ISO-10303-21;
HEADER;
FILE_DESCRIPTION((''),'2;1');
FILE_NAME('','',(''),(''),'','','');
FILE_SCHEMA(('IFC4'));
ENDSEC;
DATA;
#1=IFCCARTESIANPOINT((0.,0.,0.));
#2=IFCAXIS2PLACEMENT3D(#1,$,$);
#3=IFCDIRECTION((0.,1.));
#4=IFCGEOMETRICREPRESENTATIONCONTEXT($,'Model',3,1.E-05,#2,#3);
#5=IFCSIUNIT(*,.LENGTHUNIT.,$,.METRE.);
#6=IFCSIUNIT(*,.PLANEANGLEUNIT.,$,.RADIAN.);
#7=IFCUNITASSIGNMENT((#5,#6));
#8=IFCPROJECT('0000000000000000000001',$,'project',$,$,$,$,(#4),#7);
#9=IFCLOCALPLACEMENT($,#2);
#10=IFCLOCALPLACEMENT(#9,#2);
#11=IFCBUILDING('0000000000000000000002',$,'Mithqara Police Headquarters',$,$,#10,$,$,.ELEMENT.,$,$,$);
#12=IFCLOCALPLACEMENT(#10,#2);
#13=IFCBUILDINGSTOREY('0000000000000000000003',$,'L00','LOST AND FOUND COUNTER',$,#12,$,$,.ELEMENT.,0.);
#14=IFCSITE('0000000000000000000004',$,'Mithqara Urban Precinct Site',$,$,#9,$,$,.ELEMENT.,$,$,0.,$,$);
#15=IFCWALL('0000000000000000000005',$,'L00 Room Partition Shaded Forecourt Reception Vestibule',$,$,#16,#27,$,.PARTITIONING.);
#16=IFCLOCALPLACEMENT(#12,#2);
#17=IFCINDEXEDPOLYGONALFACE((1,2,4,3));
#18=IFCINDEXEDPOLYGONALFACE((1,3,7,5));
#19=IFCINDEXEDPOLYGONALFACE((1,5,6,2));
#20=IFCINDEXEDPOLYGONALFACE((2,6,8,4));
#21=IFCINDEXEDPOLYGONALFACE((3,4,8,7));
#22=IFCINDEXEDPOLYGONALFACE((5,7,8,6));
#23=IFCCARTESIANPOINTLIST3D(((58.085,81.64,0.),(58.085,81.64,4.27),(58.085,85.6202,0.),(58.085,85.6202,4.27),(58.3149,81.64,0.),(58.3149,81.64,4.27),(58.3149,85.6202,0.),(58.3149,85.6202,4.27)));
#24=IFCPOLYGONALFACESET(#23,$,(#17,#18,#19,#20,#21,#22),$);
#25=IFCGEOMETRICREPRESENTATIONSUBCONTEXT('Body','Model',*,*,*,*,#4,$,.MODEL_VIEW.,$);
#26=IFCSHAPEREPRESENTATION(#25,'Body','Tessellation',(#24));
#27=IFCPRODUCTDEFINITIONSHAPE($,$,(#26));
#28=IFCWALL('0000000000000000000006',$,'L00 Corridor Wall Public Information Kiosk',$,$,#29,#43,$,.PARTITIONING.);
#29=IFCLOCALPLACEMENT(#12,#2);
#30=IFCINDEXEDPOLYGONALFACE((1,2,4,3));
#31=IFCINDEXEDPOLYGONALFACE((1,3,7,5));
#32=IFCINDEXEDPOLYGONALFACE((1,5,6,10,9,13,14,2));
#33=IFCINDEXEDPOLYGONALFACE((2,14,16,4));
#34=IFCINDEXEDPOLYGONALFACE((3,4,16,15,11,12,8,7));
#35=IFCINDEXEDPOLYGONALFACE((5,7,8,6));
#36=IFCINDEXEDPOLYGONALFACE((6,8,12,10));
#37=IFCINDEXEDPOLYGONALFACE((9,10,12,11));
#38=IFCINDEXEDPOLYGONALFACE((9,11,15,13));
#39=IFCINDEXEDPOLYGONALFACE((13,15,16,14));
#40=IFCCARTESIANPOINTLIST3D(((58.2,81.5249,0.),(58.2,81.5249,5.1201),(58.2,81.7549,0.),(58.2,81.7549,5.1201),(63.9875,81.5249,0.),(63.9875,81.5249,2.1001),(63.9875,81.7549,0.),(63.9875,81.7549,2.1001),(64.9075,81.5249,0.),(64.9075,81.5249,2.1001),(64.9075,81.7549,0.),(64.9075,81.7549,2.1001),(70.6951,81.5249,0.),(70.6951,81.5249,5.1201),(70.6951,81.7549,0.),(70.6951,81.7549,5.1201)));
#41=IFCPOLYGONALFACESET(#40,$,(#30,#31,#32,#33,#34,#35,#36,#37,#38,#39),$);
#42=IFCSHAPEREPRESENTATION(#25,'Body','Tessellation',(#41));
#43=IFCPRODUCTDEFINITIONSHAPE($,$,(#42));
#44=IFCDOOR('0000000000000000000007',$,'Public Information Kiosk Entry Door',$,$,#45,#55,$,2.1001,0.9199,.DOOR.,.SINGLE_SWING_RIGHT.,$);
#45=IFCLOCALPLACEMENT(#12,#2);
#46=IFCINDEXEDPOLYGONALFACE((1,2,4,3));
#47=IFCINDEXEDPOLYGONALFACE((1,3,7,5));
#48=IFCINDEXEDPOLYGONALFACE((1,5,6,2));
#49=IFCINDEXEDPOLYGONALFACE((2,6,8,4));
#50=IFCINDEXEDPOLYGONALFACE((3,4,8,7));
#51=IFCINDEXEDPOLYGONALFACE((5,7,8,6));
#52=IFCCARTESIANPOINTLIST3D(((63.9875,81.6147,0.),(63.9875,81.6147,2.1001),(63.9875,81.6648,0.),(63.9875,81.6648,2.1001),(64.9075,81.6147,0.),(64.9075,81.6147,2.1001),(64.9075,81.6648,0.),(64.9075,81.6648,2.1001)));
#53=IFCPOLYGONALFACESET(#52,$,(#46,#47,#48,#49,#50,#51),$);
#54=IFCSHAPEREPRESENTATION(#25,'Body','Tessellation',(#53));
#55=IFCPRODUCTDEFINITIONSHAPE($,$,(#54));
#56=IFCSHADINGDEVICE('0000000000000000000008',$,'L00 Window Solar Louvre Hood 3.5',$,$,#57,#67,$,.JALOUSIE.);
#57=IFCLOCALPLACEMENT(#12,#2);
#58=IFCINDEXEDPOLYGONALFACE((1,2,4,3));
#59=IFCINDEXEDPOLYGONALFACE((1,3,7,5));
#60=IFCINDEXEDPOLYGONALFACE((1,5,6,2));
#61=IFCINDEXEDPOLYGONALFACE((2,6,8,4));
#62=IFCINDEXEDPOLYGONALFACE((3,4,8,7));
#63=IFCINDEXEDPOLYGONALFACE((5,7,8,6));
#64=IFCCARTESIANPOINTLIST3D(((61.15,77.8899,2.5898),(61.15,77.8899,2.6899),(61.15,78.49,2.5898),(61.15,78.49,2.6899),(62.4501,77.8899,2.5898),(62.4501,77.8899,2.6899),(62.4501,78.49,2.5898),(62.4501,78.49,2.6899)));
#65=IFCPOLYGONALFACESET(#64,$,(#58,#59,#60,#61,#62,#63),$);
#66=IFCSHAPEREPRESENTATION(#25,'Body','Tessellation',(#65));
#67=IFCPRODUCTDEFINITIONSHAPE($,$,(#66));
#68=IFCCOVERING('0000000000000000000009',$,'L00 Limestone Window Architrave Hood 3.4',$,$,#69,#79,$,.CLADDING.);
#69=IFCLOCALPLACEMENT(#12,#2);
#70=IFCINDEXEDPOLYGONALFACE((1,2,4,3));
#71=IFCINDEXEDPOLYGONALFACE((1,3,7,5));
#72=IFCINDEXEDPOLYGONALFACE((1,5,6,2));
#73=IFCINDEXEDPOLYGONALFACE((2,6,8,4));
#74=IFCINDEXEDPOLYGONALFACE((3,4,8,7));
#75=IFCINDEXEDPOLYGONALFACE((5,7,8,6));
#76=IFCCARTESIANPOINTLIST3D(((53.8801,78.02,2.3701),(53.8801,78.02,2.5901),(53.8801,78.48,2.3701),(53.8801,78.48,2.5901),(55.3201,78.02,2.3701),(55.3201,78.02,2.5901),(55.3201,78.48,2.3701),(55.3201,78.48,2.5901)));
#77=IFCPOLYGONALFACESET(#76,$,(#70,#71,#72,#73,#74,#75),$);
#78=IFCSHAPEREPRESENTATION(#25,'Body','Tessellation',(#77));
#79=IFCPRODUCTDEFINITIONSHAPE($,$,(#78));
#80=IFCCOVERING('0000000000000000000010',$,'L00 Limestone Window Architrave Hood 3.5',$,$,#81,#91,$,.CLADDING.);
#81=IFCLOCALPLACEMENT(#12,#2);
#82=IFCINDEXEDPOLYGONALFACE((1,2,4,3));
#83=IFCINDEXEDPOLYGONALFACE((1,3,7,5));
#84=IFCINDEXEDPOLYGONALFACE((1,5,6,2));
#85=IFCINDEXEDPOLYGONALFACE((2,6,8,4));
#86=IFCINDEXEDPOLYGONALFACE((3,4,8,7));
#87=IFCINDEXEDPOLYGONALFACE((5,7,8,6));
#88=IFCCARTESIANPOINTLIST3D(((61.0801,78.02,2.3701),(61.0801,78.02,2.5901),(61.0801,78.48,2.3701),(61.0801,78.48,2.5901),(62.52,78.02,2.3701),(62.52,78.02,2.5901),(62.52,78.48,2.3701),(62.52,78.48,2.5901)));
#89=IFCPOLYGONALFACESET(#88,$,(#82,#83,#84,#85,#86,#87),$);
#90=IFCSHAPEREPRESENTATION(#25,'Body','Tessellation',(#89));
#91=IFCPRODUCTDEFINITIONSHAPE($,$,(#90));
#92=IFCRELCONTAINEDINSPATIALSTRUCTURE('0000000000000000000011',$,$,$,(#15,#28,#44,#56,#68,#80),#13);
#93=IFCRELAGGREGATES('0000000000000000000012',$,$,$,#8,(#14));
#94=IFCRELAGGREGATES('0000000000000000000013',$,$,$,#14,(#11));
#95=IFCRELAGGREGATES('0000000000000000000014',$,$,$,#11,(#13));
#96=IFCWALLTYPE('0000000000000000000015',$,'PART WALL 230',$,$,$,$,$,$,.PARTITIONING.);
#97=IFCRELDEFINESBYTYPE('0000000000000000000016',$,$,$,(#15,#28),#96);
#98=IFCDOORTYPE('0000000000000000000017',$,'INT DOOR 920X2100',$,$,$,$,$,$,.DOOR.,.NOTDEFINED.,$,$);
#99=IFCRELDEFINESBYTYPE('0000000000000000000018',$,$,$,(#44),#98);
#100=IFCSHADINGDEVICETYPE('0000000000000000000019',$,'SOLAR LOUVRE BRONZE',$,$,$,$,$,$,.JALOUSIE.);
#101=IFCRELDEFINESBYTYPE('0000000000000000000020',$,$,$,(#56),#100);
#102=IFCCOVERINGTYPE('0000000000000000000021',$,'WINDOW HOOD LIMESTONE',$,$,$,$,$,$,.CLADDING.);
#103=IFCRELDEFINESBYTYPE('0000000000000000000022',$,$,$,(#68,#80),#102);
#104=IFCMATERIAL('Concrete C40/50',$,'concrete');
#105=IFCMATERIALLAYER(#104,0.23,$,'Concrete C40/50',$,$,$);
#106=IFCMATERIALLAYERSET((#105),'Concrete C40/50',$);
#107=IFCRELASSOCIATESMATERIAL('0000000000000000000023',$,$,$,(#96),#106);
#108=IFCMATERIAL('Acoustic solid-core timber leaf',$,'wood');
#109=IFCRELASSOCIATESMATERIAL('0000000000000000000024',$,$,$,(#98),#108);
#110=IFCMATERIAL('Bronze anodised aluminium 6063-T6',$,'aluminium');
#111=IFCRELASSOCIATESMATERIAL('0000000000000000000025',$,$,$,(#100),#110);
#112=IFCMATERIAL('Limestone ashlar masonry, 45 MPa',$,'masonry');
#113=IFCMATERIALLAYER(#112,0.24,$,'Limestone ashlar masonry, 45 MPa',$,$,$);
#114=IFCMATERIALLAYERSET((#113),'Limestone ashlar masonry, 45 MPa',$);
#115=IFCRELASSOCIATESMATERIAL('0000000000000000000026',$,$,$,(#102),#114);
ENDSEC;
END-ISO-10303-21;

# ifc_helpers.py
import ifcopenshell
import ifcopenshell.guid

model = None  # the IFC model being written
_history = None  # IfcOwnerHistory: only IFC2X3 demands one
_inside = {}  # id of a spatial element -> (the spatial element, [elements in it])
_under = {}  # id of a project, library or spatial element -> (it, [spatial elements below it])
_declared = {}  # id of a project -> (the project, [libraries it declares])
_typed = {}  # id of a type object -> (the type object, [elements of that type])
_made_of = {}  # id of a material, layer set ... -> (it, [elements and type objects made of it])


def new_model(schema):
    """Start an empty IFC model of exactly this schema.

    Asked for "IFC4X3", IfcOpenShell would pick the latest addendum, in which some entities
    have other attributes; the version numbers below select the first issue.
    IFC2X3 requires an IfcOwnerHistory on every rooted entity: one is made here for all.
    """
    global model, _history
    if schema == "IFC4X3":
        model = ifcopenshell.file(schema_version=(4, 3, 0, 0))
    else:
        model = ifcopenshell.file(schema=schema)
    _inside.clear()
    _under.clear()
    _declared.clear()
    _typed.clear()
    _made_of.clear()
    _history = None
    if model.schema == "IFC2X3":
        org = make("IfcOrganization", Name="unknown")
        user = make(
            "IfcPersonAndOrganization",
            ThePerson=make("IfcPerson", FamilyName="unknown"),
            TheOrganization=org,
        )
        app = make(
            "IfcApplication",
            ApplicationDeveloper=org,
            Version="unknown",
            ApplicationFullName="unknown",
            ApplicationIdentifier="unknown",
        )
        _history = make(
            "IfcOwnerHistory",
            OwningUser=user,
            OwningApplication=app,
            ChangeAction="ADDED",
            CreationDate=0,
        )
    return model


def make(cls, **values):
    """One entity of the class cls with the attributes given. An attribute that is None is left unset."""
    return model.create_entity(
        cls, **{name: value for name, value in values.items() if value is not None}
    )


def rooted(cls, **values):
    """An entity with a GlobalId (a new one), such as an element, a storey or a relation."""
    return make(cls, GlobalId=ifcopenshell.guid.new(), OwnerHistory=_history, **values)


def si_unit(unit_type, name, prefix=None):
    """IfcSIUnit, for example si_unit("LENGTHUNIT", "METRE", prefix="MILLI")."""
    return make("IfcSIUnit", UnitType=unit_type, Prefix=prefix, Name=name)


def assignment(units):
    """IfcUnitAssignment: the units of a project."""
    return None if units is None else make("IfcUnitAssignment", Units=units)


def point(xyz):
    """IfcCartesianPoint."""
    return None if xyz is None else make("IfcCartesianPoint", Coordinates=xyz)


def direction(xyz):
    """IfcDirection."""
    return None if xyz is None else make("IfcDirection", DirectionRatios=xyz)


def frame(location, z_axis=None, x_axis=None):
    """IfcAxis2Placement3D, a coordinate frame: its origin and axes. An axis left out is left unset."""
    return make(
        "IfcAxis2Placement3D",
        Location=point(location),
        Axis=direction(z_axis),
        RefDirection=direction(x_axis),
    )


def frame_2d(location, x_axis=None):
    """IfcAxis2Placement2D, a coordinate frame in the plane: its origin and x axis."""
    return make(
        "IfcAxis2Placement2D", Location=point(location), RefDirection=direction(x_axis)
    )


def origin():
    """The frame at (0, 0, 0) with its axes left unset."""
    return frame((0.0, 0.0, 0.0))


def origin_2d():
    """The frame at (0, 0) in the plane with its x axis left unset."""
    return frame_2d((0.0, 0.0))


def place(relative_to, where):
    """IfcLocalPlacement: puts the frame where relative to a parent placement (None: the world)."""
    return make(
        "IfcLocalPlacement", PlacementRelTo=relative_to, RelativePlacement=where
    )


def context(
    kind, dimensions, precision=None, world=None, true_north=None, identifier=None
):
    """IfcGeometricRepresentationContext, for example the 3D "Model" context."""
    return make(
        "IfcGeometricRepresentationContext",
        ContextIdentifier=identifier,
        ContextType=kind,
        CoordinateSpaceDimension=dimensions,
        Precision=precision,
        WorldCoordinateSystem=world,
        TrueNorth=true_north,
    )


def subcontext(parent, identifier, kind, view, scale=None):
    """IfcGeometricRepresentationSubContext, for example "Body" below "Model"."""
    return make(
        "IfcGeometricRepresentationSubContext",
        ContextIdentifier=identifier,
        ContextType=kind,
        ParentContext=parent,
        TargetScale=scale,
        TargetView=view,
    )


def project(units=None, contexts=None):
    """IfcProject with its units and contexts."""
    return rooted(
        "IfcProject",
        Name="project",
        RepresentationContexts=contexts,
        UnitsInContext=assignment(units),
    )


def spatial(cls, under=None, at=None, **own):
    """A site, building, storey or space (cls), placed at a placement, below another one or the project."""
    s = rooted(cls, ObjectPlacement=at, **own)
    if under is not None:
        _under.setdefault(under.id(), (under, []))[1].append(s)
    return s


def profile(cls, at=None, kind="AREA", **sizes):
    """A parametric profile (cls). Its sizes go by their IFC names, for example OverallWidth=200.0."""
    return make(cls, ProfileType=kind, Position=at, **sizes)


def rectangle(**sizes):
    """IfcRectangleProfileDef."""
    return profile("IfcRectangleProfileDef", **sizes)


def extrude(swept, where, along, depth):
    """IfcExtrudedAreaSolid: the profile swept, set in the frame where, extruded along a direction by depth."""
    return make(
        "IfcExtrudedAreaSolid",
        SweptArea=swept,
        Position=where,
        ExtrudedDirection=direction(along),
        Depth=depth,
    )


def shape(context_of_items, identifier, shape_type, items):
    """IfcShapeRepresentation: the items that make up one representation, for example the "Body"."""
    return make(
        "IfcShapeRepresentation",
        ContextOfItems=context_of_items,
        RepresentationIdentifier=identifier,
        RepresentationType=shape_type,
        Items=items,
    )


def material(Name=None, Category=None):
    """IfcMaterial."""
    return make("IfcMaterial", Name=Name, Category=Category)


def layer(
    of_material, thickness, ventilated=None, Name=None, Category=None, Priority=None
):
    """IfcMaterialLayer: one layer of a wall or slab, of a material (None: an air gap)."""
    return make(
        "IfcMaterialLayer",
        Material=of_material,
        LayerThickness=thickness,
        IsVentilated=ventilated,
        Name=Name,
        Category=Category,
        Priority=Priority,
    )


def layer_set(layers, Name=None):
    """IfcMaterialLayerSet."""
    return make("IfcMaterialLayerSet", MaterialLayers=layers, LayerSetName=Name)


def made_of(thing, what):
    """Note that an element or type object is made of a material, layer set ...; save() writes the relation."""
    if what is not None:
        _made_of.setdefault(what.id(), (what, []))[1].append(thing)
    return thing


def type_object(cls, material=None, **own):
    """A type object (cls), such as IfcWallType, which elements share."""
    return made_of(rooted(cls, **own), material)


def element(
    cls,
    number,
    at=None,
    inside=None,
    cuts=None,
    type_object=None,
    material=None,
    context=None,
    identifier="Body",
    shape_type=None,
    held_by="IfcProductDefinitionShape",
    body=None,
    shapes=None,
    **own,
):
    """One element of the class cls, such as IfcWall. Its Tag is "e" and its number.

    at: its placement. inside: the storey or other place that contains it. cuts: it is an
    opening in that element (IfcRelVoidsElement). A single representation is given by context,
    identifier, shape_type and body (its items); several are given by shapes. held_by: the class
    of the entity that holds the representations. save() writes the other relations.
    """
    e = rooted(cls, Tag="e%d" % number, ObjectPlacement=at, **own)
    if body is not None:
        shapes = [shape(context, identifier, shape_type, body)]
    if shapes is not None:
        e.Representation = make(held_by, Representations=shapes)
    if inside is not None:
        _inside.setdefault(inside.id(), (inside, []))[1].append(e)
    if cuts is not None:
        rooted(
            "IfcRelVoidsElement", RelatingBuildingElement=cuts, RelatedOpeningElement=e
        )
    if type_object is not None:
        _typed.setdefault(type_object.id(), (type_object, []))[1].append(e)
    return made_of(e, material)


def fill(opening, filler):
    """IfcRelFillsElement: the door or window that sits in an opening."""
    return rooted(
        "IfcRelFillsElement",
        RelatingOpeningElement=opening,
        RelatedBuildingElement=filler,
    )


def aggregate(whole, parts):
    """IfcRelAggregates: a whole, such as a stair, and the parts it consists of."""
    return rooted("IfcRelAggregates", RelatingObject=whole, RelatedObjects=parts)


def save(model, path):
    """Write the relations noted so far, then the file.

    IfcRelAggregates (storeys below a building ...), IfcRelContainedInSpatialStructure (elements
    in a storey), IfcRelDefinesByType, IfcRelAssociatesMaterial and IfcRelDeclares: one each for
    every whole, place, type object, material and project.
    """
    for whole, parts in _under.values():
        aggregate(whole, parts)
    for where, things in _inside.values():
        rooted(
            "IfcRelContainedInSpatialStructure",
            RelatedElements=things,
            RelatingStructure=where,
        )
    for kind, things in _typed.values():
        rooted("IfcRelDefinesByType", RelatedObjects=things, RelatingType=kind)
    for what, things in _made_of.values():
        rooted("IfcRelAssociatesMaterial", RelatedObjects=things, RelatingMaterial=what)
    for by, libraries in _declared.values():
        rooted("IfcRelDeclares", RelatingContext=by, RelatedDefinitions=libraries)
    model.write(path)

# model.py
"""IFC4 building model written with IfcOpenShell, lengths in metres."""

from ifc_helpers import new_model, si_unit, direction, frame, frame_2d, origin, origin_2d, place, context, subcontext, project, spatial, rectangle, extrude, material, layer, layer_set, type_object, element, fill, save


model = new_model("IFC4")

# Units and contexts
model_context = context("Model", 3, precision=1e-05, world=origin(), true_north=direction((0.0, 1.0)))
body_context = subcontext(model_context, "Body", "Model", "MODEL_VIEW")
ifc_project = project(units=[si_unit("LENGTHUNIT", "METRE"), si_unit("PLANEANGLEUNIT", "RADIAN")], contexts=[model_context])

# Site, building, storey
site_placement = place(None, origin())
site = spatial("IfcSite", under=ifc_project, at=site_placement, Name="Mithqara Urban Precinct Site", CompositionType="ELEMENT", RefElevation=0.0)
building_placement = place(site_placement, origin())
building = spatial("IfcBuilding", under=site, at=building_placement, Name="Mithqara Police Headquarters", CompositionType="ELEMENT")
storey_placement = place(building_placement, origin())
storey = spatial("IfcBuildingStorey", under=building, at=storey_placement, Name="L00", Description="LOST AND FOUND COUNTER", CompositionType="ELEMENT", Elevation=0.0)

# Shared definitions
ifc_material_1 = material(Name="Concrete C40/50", Category="concrete")

# Wall
ifc_layer_1 = layer(ifc_material_1, 0.23, Name="Concrete C40/50")
ifc_layer_set_1 = layer_set([ifc_layer_1], Name="Concrete C40/50")
wall_type = type_object("IfcWallType", Name="PART WALL 230", PredefinedType="PARTITIONING", material=ifc_layer_set_1)
wall_1_placement = place(storey_placement, frame((58.2, 81.6399, 0.0), z_axis=(0.0, 0.0, 1.0), x_axis=(0.0, 1.0, 0.0)))
element("IfcWall", 1, at=wall_1_placement, inside=storey, type_object=wall_type, Name="L00 Room Partition Shaded Forecourt Reception Vestibule", PredefinedType="PARTITIONING", context=body_context, shape_type="SweptSolid", body=[
    extrude(rectangle(XDim=3.9802, YDim=0.23, at=frame_2d((1.9902, 0.0))), origin(), (0.0, 0.0, 1.0), 4.27),
])

# Wall, opening, door
wall_2_placement = place(storey_placement, frame((58.2, 81.6399, 0.0), z_axis=(0.0, 0.0, 1.0), x_axis=(1.0, 0.0, 0.0)))
wall_2 = element("IfcWall", 2, at=wall_2_placement, inside=storey, type_object=wall_type, Name="L00 Corridor Wall Public Information Kiosk", PredefinedType="PARTITIONING", context=body_context, shape_type="SweptSolid", body=[
    extrude(rectangle(XDim=12.4951, YDim=0.23, at=frame_2d((6.2476, 0.0))), origin(), (0.0, 0.0, 1.0), 5.1201),
])
opening_placement = place(wall_2_placement, frame((5.7876, 0.0, 0.0)))
opening = element("IfcOpeningElement", 3, at=opening_placement, cuts=wall_2, PredefinedType="OPENING", context=body_context, shape_type="SweptSolid", body=[
    extrude(rectangle(XDim=0.9199, YDim=2.1001, at=frame_2d((0.46, 1.05))), frame((0.0, 0.125, 0.0), z_axis=(0.0, -1.0, 0.0), x_axis=(1.0, 0.0, 0.0)), (0.0, 0.0, 1.0), 0.25),
])
ifc_material_2 = material(Name="Acoustic solid-core timber leaf", Category="wood")
door_type = type_object("IfcDoorType", Name="INT DOOR 920X2100", OperationType="NOTDEFINED", PredefinedType="DOOR", material=ifc_material_2)
door_placement = place(opening_placement, origin())
door = element("IfcDoor", 4, at=door_placement, inside=storey, type_object=door_type, Name="Public Information Kiosk Entry Door", OperationType="SINGLE_SWING_RIGHT", OverallHeight=2.1001, OverallWidth=0.9199, PredefinedType="DOOR", context=body_context, shape_type="SweptSolid", body=[
    extrude(rectangle(XDim=0.9199, YDim=2.1001, at=frame_2d((0.46, 1.05))), frame((0.0, 0.0249, 0.0), z_axis=(0.0, -1.0, 0.0), x_axis=(1.0, 0.0, 0.0)), (0.0, 0.0, 1.0), 0.05),
])
fill(opening, door)

# Shading device
ifc_material_3 = material(Name="Bronze anodised aluminium 6063-T6", Category="aluminium")
shading_device_type = type_object("IfcShadingDeviceType", Name="SOLAR LOUVRE BRONZE", PredefinedType="JALOUSIE", material=ifc_material_3)
shading_device_placement = place(storey_placement, frame((61.8, 78.1899, 2.5898), z_axis=(0.0, 0.0, 1.0), x_axis=(1.0, 0.0, 0.0)))
element("IfcShadingDevice", 5, at=shading_device_placement, inside=storey, type_object=shading_device_type, Name="L00 Window Solar Louvre Hood 3.5", PredefinedType="JALOUSIE", context=body_context, shape_type="SweptSolid", body=[
    extrude(rectangle(XDim=1.3, YDim=0.6001, at=origin_2d()), origin(), (0.0, 0.0, 1.0), 0.1001),
])

# Coverings
ifc_material_4 = material(Name="Limestone ashlar masonry, 45 MPa", Category="masonry")
ifc_layer_2 = layer(ifc_material_4, 0.24, Name="Limestone ashlar masonry, 45 MPa")
ifc_layer_set_2 = layer_set([ifc_layer_2], Name="Limestone ashlar masonry, 45 MPa")
covering_type = type_object("IfcCoveringType", Name="WINDOW HOOD LIMESTONE", PredefinedType="CLADDING", material=ifc_layer_set_2)
for number, where, z_axis, x_axis, name in (
    (6, (54.6001, 78.25, 2.3701), (0.0, 0.0, 1.0), (1.0, 0.0, 0.0), "L00 Limestone Window Architrave Hood 3.4"),
    (7, (61.8, 78.25, 2.3701), (0.0, 0.0, 1.0), (1.0, 0.0, 0.0), "L00 Limestone Window Architrave Hood 3.5"),
):
    element("IfcCovering", number, at=place(storey_placement, frame(where, z_axis=z_axis, x_axis=x_axis)), inside=storey, type_object=covering_type, Name=name, PredefinedType="CLADDING", context=body_context, shape_type="SweptSolid", body=[
        extrude(rectangle(XDim=1.4399, YDim=0.46, at=origin_2d()), origin(), (0.0, 0.0, 1.0), 0.22),
    ])

save(model, "model.ifc")
